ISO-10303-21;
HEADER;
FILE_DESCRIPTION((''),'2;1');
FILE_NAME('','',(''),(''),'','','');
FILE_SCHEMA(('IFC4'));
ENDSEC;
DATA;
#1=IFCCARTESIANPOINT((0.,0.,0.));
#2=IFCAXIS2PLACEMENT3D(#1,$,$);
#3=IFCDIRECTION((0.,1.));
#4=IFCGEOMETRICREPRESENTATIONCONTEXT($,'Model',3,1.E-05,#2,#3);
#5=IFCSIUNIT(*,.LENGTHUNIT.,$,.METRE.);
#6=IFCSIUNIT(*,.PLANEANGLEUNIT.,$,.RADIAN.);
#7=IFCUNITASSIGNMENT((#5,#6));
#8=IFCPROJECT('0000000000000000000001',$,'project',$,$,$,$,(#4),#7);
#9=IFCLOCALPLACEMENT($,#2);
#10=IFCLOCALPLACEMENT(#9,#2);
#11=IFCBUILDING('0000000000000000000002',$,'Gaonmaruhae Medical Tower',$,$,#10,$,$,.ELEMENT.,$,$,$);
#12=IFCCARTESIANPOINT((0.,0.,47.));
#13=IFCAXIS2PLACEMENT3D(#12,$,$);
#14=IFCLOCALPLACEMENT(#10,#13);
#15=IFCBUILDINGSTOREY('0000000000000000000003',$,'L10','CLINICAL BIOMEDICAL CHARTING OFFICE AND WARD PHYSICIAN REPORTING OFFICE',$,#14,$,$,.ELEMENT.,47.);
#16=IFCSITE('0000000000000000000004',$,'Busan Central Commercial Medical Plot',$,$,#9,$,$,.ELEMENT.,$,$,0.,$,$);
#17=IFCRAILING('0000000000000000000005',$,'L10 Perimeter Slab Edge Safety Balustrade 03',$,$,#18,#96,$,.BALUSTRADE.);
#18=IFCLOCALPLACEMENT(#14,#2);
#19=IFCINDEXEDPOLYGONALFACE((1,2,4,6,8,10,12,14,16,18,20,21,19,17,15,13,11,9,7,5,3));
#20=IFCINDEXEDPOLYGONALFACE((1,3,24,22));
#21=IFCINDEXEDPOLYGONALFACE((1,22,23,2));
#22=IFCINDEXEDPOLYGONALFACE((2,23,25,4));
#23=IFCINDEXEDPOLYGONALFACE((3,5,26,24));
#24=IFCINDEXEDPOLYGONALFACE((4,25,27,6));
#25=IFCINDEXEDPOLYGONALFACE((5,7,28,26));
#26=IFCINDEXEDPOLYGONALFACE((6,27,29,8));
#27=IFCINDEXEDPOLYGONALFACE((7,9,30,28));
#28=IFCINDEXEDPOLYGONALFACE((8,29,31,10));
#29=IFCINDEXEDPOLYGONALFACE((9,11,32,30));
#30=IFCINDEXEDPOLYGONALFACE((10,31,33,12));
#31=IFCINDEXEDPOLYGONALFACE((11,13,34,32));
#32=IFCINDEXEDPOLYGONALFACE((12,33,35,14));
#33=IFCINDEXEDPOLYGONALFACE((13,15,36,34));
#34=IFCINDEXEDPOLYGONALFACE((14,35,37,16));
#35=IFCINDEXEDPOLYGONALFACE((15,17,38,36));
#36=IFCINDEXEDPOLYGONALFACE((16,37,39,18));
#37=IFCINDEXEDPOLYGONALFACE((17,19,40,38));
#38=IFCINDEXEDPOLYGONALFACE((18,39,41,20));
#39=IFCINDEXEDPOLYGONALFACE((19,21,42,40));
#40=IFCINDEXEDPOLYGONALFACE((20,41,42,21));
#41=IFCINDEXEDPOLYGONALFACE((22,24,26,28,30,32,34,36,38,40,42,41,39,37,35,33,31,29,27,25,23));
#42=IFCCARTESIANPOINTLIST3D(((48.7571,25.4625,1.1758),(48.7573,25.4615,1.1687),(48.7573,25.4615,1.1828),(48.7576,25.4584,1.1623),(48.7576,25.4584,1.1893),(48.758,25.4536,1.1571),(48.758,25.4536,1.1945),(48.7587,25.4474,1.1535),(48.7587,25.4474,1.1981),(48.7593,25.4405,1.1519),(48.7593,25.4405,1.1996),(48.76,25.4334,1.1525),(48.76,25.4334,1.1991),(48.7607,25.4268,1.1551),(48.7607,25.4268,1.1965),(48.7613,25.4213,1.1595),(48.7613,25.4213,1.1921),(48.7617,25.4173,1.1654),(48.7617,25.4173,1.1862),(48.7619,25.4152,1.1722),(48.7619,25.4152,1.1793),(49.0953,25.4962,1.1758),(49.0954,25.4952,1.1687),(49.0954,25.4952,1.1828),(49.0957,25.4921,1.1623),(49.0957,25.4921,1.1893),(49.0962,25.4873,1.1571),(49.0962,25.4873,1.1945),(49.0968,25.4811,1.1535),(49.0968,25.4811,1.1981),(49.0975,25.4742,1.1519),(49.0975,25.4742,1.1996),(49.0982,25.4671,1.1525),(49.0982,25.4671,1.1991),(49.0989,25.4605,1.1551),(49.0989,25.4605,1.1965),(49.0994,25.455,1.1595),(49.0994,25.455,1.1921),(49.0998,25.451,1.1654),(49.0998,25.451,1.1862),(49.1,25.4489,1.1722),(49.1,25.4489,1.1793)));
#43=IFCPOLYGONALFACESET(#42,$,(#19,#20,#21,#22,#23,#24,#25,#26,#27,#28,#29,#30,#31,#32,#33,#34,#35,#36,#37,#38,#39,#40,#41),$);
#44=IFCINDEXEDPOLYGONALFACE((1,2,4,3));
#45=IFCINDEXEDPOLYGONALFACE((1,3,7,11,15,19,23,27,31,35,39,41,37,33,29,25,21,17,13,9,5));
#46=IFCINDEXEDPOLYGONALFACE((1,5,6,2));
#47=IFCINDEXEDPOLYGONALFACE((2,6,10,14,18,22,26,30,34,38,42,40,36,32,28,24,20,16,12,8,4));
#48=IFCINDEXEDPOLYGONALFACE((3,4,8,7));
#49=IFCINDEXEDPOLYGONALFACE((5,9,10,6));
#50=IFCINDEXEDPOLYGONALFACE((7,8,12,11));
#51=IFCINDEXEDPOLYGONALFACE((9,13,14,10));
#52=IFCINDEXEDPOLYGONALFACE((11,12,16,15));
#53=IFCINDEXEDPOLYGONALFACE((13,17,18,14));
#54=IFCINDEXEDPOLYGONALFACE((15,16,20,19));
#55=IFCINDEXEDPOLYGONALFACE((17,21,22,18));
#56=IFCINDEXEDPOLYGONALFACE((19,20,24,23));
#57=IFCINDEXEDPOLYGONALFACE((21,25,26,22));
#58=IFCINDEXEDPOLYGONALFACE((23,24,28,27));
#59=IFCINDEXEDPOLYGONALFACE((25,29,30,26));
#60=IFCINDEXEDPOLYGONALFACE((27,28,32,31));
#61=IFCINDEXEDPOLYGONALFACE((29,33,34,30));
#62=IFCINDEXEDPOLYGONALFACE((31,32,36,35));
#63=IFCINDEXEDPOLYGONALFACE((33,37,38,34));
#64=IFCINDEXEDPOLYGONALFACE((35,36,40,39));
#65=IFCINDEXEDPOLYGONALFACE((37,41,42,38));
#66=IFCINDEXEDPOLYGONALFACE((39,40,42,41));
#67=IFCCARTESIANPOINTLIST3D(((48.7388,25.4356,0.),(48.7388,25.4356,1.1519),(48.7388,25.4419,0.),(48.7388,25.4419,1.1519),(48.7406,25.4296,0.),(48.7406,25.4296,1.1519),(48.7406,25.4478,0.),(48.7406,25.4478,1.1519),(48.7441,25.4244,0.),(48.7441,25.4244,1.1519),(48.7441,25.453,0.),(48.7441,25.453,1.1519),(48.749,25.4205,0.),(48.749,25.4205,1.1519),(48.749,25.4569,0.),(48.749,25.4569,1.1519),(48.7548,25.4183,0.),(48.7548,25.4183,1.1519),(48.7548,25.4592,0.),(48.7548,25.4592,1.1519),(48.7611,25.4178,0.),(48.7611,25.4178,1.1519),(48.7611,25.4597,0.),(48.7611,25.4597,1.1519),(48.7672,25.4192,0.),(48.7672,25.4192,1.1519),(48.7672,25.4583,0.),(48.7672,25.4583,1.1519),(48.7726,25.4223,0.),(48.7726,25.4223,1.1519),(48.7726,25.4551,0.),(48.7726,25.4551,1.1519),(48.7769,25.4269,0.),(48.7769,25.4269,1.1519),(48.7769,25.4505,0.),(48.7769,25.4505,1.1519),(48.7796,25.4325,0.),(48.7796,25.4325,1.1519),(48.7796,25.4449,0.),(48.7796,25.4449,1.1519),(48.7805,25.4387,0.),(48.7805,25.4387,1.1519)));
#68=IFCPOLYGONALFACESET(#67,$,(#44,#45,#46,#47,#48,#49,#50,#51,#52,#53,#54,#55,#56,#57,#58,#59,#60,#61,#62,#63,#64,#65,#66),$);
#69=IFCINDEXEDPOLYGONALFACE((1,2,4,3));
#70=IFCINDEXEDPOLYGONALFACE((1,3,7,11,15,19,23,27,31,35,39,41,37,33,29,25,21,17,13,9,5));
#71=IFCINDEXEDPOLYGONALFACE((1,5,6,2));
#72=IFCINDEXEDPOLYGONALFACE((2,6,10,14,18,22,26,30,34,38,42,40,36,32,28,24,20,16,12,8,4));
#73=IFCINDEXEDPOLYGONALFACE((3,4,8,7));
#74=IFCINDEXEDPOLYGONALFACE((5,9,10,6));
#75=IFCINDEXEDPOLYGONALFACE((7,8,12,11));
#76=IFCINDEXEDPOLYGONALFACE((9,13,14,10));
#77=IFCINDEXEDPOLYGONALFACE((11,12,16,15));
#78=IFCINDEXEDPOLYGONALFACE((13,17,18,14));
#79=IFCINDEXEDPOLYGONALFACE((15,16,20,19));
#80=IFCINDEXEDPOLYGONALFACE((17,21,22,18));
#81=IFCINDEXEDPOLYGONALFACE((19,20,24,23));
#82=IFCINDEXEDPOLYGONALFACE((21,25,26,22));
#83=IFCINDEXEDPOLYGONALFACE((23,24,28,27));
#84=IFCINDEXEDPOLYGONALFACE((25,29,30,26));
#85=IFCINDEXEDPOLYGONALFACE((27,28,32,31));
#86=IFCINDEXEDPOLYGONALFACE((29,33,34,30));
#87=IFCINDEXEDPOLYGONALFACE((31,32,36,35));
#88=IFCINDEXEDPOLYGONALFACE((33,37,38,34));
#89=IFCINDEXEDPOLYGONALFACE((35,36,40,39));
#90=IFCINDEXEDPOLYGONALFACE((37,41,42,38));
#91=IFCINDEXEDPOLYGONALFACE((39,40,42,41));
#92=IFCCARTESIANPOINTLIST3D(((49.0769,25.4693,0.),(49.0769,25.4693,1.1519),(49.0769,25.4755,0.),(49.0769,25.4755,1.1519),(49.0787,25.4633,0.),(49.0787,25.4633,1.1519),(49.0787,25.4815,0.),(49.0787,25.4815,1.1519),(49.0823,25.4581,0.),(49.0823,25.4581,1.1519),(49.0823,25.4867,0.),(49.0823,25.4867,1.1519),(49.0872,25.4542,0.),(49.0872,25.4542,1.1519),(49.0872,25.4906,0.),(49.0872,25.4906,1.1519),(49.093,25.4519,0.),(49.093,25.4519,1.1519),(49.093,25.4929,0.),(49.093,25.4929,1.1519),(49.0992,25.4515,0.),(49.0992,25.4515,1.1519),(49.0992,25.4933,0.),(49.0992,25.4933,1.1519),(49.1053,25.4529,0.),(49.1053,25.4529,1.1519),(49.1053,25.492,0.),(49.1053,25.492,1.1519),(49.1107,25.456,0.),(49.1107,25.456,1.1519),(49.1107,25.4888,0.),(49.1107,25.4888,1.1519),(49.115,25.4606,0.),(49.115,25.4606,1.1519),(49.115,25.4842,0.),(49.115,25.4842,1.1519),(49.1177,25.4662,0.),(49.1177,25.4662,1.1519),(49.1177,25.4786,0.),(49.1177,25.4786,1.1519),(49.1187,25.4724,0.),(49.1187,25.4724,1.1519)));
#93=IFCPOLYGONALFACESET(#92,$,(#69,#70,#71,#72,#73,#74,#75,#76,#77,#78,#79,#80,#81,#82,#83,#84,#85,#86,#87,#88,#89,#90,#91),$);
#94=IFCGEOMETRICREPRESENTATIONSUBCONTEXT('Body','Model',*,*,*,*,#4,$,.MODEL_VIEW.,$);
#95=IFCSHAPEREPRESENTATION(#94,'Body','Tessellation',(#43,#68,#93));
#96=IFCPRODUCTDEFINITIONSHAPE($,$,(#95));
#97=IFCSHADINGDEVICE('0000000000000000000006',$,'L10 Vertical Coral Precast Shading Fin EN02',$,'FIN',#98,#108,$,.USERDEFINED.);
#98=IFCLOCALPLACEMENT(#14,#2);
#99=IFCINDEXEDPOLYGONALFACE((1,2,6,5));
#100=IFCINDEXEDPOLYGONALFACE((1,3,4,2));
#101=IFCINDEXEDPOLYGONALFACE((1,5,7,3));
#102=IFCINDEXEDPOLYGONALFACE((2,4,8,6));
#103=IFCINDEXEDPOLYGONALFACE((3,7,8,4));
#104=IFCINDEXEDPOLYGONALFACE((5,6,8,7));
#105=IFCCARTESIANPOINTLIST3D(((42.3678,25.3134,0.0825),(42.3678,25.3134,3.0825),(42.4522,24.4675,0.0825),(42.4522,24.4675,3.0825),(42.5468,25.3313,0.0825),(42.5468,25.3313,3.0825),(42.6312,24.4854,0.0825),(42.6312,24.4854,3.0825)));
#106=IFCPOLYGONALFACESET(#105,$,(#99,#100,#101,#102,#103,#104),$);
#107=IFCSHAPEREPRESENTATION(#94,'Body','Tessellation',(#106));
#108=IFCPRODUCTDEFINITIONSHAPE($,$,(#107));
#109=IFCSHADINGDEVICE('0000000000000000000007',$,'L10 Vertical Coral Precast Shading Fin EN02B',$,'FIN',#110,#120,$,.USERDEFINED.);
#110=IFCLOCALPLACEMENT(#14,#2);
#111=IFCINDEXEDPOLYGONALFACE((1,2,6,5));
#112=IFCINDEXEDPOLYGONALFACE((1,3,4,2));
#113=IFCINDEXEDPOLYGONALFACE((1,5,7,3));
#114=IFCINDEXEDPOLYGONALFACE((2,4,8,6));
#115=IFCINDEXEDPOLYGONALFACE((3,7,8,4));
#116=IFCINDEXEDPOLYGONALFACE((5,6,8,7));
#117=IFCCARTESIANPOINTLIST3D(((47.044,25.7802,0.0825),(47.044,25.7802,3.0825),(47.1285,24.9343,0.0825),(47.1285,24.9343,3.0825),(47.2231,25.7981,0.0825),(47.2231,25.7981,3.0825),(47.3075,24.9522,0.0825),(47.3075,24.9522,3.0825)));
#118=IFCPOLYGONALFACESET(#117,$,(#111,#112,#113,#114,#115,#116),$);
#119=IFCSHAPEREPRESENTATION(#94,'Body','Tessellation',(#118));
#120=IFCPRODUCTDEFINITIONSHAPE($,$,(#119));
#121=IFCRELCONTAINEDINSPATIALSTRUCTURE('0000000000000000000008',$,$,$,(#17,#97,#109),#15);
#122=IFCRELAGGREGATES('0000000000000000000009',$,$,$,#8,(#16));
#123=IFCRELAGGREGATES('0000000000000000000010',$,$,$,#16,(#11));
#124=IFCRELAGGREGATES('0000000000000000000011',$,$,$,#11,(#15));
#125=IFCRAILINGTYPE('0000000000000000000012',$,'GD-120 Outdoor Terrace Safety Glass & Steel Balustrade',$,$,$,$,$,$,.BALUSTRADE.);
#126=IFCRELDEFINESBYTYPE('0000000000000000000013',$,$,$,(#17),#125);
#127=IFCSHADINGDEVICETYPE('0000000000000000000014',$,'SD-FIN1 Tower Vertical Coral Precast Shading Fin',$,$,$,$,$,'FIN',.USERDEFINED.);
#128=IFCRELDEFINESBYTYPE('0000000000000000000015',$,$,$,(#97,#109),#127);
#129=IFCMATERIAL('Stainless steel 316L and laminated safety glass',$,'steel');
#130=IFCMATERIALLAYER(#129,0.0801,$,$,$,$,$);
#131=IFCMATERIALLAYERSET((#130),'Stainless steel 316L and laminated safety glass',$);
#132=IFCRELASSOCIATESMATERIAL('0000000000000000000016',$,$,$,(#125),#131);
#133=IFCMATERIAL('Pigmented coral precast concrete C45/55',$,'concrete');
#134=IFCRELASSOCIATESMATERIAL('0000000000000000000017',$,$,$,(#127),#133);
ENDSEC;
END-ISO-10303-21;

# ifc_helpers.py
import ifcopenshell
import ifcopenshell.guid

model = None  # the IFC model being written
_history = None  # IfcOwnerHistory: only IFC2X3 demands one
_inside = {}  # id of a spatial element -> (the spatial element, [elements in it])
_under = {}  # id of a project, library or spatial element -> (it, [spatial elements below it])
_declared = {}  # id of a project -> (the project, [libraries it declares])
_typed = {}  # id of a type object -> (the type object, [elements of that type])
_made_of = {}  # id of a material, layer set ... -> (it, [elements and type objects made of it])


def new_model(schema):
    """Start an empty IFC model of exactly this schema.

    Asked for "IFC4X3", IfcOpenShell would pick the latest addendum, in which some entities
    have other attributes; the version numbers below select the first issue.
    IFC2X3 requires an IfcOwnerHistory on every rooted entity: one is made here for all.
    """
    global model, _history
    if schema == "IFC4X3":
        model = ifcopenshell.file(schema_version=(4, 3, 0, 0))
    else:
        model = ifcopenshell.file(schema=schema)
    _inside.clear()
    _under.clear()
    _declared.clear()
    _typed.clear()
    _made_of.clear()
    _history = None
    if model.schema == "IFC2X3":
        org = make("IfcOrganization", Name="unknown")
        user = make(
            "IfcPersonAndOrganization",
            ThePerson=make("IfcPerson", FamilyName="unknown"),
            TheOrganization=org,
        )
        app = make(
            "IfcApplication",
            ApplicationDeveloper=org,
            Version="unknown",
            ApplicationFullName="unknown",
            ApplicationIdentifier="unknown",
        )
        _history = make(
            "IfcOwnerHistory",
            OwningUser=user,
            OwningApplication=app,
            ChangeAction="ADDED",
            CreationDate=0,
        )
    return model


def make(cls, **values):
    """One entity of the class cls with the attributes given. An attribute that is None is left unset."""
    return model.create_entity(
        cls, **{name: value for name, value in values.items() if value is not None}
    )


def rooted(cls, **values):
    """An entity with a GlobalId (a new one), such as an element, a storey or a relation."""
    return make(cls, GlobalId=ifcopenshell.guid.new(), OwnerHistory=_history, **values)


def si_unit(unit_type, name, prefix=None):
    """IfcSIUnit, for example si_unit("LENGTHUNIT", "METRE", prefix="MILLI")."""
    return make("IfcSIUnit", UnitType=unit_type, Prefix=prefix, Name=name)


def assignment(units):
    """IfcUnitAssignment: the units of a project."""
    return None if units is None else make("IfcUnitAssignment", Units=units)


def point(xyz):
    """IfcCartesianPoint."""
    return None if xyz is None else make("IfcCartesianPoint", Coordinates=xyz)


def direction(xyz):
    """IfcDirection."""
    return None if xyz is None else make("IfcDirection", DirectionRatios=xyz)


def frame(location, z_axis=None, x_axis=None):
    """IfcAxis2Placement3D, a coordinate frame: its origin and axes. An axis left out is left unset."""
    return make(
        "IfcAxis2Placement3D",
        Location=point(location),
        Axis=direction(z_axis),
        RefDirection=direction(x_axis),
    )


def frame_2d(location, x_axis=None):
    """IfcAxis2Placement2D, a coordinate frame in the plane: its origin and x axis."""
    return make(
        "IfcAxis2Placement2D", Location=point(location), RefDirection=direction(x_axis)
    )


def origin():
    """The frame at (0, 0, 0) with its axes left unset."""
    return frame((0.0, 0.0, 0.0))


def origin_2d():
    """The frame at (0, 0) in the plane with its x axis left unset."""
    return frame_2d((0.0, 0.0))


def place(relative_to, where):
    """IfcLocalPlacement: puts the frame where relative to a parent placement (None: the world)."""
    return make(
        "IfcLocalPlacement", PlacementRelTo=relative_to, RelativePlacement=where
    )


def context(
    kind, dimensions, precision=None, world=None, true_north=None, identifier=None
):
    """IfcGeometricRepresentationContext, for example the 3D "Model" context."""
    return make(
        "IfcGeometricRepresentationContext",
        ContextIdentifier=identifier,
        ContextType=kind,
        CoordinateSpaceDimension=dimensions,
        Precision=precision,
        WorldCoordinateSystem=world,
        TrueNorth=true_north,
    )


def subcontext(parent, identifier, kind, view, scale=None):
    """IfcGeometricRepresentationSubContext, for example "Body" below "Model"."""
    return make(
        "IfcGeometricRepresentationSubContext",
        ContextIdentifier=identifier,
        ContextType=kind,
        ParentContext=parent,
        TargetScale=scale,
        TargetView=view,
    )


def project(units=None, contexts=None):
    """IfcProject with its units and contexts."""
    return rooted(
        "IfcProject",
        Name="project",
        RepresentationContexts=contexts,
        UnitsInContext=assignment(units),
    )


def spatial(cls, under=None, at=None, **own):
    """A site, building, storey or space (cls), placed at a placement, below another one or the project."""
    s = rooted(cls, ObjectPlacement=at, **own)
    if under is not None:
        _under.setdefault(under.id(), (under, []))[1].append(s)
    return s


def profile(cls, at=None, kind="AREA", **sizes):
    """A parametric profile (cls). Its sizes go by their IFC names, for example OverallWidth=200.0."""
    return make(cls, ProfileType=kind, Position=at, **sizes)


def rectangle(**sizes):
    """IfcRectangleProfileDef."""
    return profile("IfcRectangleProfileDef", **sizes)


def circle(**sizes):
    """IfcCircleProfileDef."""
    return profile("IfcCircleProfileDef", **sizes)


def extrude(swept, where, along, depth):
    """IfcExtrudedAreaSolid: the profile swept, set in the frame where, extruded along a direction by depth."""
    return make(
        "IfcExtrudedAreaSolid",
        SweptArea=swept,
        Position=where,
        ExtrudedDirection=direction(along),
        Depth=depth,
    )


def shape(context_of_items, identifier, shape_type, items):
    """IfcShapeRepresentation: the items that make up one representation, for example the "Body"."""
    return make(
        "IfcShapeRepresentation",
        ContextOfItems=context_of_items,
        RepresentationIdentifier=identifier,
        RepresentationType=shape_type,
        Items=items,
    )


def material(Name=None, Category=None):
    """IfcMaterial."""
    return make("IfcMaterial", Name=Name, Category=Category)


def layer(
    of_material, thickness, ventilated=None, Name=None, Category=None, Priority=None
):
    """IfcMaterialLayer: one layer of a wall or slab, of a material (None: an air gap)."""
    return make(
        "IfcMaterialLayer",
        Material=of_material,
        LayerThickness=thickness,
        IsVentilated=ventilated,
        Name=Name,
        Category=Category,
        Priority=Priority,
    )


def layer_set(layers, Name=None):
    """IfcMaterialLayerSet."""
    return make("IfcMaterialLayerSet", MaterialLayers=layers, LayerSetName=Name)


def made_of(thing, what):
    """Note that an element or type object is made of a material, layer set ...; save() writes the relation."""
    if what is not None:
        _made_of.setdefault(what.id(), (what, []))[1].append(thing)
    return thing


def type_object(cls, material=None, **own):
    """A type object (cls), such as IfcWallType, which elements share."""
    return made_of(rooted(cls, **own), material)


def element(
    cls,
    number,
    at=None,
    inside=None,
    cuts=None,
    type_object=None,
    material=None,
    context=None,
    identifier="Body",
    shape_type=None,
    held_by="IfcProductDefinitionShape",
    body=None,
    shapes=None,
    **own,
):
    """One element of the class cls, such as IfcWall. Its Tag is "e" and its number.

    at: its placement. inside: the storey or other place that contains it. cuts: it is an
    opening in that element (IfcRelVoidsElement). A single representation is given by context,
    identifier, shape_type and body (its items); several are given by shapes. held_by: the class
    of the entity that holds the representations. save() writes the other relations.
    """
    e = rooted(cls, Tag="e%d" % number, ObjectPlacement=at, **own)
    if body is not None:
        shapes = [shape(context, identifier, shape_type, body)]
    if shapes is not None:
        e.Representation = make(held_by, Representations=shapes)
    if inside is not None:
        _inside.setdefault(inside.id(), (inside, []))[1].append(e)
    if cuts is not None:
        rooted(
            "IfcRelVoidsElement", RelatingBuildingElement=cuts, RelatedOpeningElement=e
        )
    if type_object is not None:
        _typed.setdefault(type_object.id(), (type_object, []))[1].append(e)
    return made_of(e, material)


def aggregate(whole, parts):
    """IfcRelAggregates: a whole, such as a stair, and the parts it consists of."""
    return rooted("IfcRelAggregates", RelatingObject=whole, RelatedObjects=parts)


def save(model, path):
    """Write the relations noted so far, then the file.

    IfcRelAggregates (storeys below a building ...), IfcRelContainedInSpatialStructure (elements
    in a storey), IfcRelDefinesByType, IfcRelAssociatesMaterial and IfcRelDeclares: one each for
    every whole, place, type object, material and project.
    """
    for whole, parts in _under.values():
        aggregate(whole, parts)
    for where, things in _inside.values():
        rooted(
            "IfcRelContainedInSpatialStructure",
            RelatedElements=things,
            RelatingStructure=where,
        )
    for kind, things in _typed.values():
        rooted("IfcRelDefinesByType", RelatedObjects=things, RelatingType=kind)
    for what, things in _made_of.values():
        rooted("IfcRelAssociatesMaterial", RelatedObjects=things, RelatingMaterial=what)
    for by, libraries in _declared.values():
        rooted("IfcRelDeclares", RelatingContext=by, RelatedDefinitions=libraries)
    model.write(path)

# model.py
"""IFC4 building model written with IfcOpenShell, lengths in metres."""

from ifc_helpers import new_model, si_unit, direction, frame, origin, origin_2d, place, context, subcontext, project, spatial, rectangle, circle, extrude, material, layer, layer_set, type_object, element, save


model = new_model("IFC4")

# Units and contexts
model_context = context("Model", 3, precision=1e-05, world=origin(), true_north=direction((0.0, 1.0)))
body_context = subcontext(model_context, "Body", "Model", "MODEL_VIEW")
ifc_project = project(units=[si_unit("LENGTHUNIT", "METRE"), si_unit("PLANEANGLEUNIT", "RADIAN")], contexts=[model_context])

# Site, building, storey
site_placement = place(None, origin())
site = spatial("IfcSite", under=ifc_project, at=site_placement, Name="Busan Central Commercial Medical Plot", CompositionType="ELEMENT", RefElevation=0.0)
building_placement = place(site_placement, origin())
building = spatial("IfcBuilding", under=site, at=building_placement, Name="Gaonmaruhae Medical Tower", CompositionType="ELEMENT")
storey_placement = place(building_placement, frame((0.0, 0.0, 47.0)))
storey = spatial("IfcBuildingStorey", under=building, at=storey_placement, Name="L10", Description="CLINICAL BIOMEDICAL CHARTING OFFICE AND WARD PHYSICIAN REPORTING OFFICE", CompositionType="ELEMENT", Elevation=47.0)

# Railing
ifc_material_1 = material(Name="Stainless steel 316L and laminated safety glass", Category="steel")
ifc_layer_1 = layer(ifc_material_1, 0.0801)
ifc_layer_set_1 = layer_set([ifc_layer_1], Name="Stainless steel 316L and laminated safety glass")
railing_type = type_object("IfcRailingType", Name="GD-120 Outdoor Terrace Safety Glass & Steel Balustrade", PredefinedType="BALUSTRADE", material=ifc_layer_set_1)
railing_placement = place(storey_placement, frame((48.7595, 25.4387, 0.0)))
element("IfcRailing", 1, at=railing_placement, inside=storey, type_object=railing_type, Name="L10 Perimeter Slab Edge Safety Balustrade 03", PredefinedType="BALUSTRADE", context=body_context, shape_type="SweptSolid", body=[
    extrude(circle(Radius=0.0239, at=origin_2d()), frame((0.0, 0.0, 1.1758), z_axis=(0.995073, 0.099148, 0.0), x_axis=(-0.099148, 0.995073, 0.0)), (0.0, 0.0, 1.0), 0.3398),
    extrude(circle(Radius=0.021, at=origin_2d()), origin(), (0.0, 0.0, 1.0), 1.1519),
    extrude(circle(Radius=0.021, at=origin_2d()), frame((0.3381, 0.0337, 0.0)), (0.0, 0.0, 1.0), 1.1519),
])

# Shading devices
ifc_material_2 = material(Name="Pigmented coral precast concrete C45/55", Category="concrete")
shading_device_type = type_object("IfcShadingDeviceType", Name="SD-FIN1 Tower Vertical Coral Precast Shading Fin", ElementType="FIN", PredefinedType="USERDEFINED", material=ifc_material_2)
for number, where, z_axis, x_axis, name in (
    (2, (42.4995, 24.8994, 0.0825), (0.0, 0.0, 1.0), (0.995056, 0.09932, 0.0), "L10 Vertical Coral Precast Shading Fin EN02"),
    (3, (47.1758, 25.3662, 0.0825), (0.0, 0.0, 1.0), (0.995056, 0.09932, 0.0), "L10 Vertical Coral Precast Shading Fin EN02B"),
):
    element("IfcShadingDevice", number, at=place(storey_placement, frame(where, z_axis=z_axis, x_axis=x_axis)), inside=storey, type_object=shading_device_type, Name=name, ObjectType="FIN", PredefinedType="USERDEFINED", context=body_context, shape_type="SweptSolid", body=[
        extrude(rectangle(XDim=0.1799, YDim=0.8501, at=origin_2d()), origin(), (0.0, 0.0, 1.0), 3.0),
    ])

save(model, "model.ifc")
